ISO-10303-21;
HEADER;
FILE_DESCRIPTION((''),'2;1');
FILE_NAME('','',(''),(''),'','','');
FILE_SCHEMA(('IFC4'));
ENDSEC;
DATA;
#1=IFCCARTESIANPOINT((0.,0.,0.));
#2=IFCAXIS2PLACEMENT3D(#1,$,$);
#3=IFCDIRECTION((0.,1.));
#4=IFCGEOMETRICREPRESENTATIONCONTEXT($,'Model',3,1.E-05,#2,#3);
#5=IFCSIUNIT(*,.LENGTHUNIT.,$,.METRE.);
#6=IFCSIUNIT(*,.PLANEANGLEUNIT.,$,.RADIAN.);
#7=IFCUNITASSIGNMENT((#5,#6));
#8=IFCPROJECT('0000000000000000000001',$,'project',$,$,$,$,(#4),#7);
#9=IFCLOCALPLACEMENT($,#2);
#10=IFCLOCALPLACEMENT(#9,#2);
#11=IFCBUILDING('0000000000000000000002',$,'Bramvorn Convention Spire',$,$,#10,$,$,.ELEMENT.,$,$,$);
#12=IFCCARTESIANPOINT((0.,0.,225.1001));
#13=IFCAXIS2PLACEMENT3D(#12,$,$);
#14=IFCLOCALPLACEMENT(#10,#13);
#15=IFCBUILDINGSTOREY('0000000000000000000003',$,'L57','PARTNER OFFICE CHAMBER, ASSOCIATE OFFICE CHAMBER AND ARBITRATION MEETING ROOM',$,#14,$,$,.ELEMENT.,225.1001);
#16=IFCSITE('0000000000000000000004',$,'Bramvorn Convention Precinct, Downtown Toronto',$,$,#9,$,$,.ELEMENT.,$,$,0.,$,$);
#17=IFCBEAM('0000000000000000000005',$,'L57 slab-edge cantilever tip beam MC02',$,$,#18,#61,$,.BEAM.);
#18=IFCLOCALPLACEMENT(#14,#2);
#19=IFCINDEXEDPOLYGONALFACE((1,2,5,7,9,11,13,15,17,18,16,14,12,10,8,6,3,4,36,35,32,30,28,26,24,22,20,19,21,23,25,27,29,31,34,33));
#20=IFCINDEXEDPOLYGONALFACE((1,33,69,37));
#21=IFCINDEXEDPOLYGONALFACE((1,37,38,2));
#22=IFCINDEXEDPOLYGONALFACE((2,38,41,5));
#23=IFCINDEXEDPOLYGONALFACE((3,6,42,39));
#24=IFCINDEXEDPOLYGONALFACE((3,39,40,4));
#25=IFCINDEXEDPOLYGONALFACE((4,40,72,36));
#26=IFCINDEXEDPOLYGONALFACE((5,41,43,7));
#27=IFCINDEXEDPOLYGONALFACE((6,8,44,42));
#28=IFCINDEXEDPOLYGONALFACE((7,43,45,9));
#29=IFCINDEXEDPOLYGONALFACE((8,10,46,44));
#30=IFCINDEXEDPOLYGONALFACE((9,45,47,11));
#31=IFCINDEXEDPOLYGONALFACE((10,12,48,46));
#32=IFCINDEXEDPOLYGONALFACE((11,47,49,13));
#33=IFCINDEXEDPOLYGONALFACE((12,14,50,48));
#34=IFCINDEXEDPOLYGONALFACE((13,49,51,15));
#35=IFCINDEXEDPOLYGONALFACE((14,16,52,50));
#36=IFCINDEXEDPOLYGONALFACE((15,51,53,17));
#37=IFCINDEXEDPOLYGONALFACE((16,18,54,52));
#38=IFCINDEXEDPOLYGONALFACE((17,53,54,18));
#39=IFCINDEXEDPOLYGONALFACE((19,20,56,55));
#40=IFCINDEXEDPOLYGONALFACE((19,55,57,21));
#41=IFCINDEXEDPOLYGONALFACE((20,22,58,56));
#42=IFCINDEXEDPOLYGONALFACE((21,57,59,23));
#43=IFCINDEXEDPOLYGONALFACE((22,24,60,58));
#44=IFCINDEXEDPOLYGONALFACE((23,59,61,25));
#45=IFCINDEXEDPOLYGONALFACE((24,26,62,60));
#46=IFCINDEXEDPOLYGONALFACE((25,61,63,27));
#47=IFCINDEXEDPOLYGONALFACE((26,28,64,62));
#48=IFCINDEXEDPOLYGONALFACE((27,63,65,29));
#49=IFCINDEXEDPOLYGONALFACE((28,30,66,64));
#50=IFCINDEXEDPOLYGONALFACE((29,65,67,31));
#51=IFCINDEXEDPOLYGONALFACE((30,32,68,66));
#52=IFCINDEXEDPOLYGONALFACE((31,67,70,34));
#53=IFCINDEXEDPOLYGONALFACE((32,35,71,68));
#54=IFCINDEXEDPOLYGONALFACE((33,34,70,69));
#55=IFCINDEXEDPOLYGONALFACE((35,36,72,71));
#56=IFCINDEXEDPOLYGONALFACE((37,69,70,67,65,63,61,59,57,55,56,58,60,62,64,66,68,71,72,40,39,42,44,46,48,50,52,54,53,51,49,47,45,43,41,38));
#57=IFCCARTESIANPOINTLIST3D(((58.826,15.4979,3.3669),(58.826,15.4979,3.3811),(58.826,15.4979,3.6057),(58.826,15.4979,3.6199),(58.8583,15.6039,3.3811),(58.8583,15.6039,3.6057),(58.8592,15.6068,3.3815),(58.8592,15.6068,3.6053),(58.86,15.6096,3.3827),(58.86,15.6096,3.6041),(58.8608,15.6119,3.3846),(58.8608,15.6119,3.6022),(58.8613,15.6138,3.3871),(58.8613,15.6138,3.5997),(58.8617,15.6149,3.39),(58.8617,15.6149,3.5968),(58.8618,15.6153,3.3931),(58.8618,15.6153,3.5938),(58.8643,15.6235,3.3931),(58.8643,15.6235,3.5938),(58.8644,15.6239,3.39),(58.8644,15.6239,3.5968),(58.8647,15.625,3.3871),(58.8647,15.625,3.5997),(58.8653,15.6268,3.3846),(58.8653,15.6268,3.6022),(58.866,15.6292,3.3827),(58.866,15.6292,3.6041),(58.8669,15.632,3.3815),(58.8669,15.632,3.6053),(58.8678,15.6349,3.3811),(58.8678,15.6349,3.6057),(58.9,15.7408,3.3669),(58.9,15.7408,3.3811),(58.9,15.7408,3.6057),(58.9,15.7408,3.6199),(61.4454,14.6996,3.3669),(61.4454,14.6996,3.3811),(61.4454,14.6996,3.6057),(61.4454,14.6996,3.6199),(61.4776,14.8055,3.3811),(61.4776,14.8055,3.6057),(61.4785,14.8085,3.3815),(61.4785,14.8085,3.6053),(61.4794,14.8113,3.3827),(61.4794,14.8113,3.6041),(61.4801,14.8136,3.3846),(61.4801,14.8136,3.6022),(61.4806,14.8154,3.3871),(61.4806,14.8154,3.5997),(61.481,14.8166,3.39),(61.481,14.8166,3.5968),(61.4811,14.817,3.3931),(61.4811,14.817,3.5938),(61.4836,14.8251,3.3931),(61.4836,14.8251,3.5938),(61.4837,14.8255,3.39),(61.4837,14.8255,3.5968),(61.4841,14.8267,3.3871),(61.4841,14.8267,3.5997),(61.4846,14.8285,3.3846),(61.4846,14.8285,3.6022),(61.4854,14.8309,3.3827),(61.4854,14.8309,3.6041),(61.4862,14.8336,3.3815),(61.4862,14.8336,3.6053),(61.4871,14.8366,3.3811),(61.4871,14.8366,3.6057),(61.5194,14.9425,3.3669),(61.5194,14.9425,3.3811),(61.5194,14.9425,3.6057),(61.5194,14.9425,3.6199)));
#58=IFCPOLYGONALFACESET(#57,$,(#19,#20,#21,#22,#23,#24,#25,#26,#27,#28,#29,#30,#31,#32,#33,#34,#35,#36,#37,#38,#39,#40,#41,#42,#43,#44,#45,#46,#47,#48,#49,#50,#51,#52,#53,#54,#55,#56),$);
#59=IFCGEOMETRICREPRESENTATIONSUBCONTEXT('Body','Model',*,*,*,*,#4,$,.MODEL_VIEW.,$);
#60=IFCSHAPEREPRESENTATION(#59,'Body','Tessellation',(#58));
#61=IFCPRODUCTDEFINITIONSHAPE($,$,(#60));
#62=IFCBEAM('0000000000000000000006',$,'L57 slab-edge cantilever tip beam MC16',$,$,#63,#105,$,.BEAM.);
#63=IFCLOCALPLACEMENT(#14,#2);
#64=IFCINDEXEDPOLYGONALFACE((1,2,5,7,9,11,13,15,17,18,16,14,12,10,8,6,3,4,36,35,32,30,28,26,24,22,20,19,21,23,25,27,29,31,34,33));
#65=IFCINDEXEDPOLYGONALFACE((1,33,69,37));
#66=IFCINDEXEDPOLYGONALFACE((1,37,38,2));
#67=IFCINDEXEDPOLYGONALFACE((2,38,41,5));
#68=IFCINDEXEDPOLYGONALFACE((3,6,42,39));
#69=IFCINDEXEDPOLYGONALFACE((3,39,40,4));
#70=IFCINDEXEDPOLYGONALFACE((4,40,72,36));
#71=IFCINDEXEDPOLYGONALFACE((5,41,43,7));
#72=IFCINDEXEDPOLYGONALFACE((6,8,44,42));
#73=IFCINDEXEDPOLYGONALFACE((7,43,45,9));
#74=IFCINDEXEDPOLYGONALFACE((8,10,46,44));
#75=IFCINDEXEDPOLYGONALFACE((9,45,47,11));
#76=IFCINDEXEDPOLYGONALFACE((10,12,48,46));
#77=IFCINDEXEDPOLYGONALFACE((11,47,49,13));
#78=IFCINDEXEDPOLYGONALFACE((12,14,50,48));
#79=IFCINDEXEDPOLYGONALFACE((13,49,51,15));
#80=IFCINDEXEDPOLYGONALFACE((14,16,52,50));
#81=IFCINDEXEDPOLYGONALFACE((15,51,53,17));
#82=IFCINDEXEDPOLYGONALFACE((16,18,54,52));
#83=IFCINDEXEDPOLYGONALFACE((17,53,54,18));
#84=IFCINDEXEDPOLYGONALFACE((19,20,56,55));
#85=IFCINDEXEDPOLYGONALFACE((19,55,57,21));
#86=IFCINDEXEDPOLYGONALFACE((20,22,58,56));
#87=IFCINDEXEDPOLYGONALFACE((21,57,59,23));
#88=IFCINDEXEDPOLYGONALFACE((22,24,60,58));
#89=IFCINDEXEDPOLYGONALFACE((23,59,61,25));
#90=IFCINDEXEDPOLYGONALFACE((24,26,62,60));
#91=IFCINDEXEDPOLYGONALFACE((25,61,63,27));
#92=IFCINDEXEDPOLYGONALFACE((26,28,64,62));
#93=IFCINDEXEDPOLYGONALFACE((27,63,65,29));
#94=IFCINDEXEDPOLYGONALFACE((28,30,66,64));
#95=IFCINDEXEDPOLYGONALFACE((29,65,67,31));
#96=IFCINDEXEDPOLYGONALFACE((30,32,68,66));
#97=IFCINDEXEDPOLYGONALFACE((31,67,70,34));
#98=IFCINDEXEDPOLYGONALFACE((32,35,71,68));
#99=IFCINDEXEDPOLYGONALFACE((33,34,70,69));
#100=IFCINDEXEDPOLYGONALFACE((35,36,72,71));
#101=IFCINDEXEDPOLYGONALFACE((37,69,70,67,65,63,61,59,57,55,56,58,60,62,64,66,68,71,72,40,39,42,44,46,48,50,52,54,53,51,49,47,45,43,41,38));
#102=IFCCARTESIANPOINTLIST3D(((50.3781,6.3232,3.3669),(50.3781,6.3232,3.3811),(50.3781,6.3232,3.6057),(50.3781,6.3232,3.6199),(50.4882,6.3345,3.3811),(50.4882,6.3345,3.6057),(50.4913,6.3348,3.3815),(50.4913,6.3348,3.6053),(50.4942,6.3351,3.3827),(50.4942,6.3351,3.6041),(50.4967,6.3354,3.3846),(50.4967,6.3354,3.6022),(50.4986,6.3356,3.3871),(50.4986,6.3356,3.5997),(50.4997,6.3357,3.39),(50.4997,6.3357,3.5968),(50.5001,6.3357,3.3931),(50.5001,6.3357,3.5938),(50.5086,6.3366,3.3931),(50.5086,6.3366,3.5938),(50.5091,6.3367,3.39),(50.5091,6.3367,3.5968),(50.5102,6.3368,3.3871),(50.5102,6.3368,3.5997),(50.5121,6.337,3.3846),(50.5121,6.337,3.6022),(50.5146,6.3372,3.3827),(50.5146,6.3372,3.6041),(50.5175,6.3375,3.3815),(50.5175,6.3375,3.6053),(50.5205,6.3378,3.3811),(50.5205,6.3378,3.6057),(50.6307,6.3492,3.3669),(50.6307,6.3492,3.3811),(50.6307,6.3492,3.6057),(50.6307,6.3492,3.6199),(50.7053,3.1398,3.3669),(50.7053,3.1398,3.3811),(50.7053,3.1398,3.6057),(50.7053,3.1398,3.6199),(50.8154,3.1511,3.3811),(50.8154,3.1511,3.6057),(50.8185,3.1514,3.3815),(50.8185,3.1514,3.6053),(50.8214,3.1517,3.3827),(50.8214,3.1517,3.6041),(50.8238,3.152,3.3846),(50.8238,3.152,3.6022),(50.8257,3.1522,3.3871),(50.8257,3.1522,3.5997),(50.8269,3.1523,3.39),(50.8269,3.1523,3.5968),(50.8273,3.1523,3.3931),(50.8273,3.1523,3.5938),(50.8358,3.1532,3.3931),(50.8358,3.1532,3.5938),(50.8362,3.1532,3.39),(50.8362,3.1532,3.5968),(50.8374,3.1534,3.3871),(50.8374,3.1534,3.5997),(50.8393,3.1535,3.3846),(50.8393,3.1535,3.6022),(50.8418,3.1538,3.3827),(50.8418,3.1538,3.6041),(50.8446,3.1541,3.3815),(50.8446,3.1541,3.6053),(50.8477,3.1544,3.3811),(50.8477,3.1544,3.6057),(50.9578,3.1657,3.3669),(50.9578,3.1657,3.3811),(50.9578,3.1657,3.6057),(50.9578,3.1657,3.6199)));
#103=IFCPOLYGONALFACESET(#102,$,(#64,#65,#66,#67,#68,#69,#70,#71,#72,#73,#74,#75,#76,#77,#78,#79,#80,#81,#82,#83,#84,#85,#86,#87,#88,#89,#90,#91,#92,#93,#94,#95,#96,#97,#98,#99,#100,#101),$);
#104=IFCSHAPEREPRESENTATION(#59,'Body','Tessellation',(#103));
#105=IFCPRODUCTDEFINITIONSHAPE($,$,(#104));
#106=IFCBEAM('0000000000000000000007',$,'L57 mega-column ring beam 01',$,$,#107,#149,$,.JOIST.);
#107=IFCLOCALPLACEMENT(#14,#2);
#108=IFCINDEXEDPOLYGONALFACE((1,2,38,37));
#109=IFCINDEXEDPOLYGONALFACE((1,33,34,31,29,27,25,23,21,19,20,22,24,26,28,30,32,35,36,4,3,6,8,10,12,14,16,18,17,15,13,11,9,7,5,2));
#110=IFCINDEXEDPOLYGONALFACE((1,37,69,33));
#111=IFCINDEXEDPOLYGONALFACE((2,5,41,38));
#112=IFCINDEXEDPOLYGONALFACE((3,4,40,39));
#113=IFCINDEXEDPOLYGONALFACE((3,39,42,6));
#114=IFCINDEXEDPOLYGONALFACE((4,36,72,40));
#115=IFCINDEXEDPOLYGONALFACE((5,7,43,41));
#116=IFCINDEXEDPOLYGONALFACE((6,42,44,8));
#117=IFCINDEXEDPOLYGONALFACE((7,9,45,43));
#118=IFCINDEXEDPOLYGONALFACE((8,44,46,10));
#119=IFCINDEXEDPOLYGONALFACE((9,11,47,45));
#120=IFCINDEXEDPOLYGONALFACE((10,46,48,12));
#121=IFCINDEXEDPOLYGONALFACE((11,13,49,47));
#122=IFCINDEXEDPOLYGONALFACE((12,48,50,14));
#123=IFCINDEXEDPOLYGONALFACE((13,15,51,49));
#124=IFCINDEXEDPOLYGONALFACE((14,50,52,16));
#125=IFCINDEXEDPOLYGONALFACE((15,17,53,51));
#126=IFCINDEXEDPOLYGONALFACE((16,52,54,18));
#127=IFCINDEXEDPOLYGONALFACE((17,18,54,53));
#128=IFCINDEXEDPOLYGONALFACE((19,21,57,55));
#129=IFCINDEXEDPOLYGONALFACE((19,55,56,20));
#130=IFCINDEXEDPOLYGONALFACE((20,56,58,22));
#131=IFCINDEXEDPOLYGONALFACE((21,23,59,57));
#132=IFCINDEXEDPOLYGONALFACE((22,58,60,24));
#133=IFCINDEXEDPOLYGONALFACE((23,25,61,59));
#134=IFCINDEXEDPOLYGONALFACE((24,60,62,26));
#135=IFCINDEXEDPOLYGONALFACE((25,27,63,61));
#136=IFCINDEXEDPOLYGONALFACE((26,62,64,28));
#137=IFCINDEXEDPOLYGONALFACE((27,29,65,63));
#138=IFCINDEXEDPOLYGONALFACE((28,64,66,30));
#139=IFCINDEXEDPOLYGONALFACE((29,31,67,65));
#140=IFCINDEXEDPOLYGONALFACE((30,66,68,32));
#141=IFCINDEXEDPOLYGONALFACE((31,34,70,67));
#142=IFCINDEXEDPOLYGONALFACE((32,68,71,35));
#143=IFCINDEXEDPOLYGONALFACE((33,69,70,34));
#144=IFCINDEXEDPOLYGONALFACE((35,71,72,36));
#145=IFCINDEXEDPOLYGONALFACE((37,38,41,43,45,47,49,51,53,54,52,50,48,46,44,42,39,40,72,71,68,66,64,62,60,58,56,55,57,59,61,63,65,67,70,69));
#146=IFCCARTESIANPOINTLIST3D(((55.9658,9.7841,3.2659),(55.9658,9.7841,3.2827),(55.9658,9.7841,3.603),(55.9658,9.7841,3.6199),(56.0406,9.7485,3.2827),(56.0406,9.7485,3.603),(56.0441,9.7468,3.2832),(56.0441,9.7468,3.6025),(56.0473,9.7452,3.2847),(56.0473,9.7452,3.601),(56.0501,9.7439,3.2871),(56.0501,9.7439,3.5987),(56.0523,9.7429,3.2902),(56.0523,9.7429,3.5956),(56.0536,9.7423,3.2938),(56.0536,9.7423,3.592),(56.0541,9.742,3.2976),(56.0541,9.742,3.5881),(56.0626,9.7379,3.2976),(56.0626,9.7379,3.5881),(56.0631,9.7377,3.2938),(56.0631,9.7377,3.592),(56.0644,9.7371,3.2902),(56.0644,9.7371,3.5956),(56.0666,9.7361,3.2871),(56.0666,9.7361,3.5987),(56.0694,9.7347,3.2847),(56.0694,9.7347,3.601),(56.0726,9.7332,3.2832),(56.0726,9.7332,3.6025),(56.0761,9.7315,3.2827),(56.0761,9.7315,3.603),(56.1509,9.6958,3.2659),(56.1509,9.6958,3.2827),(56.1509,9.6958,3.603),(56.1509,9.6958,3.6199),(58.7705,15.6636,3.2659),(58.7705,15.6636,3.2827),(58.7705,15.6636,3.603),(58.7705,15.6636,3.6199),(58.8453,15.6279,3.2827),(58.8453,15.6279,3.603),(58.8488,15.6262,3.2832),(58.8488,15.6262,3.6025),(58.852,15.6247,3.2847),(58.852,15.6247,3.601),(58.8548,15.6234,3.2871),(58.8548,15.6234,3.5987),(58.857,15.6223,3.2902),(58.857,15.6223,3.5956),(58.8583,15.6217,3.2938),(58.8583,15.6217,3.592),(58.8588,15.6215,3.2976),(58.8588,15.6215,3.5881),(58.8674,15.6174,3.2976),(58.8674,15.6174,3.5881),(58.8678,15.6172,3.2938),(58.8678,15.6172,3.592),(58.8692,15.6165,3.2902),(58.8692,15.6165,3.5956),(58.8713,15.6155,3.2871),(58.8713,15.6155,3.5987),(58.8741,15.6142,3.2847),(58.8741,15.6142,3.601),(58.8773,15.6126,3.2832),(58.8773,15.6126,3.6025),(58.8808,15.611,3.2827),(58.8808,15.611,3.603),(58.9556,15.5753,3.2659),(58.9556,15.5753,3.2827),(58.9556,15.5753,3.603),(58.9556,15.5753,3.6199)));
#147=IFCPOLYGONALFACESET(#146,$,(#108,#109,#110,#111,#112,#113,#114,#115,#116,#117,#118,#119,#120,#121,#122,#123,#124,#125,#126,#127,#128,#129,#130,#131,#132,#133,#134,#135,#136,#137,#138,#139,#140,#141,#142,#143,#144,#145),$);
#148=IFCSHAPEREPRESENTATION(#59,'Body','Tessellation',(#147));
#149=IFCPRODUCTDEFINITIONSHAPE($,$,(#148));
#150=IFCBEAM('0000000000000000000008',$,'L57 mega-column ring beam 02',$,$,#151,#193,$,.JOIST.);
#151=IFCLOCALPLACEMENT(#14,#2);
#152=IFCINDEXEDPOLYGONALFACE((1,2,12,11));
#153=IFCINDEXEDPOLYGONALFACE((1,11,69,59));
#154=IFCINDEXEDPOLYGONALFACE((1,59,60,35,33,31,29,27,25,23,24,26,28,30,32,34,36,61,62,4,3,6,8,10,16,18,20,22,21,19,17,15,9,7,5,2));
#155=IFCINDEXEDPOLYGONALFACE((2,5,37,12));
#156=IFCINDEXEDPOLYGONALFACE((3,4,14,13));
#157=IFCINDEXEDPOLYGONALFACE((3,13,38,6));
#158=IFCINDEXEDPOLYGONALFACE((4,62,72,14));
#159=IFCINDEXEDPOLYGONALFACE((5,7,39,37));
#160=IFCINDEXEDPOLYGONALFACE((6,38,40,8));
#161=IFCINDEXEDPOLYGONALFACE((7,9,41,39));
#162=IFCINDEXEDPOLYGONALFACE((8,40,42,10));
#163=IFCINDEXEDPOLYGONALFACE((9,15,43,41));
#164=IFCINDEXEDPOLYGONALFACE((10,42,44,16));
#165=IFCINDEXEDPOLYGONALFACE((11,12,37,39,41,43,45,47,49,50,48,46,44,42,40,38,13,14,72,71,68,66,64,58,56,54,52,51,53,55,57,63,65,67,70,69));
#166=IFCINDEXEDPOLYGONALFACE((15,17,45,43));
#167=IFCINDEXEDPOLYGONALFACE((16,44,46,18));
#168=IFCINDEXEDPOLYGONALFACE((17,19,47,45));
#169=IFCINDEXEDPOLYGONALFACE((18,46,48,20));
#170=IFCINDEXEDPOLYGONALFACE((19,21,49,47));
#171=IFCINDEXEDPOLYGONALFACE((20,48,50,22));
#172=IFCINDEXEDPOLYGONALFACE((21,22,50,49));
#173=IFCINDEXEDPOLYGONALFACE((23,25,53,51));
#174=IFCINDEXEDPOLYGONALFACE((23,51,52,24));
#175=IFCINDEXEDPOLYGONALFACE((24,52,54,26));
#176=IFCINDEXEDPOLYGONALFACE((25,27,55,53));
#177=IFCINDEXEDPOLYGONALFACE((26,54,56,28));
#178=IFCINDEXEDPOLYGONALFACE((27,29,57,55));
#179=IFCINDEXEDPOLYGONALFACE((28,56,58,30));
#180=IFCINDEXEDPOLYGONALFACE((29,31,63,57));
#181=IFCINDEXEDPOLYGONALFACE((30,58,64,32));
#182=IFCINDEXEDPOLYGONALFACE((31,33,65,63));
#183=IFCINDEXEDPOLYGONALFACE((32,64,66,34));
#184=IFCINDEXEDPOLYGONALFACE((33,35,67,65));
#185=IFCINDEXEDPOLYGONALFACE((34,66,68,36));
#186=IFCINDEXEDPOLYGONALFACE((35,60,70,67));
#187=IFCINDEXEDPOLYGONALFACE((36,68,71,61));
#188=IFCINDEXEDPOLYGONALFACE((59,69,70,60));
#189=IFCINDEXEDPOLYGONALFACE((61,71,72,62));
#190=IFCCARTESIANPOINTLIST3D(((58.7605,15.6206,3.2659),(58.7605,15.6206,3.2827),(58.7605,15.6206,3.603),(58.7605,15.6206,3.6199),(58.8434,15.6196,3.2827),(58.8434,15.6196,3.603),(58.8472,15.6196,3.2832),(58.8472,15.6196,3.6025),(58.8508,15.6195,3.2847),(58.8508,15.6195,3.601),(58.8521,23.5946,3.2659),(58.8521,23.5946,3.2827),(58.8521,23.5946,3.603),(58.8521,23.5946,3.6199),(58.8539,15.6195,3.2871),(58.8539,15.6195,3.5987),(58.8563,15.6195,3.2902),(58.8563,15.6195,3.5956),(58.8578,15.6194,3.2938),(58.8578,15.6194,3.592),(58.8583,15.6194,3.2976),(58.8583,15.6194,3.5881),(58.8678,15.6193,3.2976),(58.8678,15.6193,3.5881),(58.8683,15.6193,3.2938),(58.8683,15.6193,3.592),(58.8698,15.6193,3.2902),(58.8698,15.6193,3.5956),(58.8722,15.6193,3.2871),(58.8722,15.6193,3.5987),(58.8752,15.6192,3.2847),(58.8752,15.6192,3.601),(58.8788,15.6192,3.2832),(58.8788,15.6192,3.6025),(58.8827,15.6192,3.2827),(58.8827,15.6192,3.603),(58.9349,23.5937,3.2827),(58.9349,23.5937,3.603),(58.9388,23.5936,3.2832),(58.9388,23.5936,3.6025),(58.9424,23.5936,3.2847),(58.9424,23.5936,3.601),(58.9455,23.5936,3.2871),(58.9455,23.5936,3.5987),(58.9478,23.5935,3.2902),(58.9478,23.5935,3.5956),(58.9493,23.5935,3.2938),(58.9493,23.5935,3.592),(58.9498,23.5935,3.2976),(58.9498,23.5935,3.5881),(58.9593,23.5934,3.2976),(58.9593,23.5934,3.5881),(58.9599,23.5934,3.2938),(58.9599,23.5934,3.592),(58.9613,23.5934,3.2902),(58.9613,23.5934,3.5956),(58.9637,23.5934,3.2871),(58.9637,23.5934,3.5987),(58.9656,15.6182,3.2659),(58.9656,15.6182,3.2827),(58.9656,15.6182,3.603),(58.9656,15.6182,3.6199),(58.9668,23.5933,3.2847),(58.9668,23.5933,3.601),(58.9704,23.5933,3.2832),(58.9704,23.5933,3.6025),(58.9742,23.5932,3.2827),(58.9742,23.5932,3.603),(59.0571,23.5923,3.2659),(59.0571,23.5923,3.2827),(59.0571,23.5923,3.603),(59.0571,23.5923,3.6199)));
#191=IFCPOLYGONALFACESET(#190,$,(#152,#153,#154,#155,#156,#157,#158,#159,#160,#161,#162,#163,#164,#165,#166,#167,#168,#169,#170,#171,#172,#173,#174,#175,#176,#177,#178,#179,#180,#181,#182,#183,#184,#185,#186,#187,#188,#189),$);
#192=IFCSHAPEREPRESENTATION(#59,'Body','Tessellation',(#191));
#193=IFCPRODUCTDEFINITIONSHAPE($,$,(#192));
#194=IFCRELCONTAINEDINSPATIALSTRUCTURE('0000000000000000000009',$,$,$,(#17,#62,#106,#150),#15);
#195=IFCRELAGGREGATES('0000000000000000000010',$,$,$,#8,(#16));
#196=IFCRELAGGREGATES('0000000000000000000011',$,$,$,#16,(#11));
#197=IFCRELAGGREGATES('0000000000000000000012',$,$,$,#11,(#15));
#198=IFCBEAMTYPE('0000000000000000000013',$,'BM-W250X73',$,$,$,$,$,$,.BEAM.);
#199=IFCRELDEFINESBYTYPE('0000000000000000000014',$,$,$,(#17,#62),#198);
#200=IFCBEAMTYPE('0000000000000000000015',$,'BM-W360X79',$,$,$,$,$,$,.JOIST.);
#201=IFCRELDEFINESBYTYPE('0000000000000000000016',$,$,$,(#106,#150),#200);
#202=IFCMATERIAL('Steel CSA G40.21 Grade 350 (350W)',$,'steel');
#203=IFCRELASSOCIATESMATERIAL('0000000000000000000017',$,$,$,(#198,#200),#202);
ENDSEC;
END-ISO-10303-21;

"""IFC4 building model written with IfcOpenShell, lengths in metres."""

from ifc_helpers import new_model, si_unit, direction, frame, origin, origin_2d, place, context, subcontext, project, spatial, i_section, extrude, material, material_profile, profile_set, type_object, element, save


model = new_model("IFC4")

# Units and contexts
model_context = context("Model", 3, precision=1e-05, world=origin(), true_north=direction((0.0, 1.0)))
body_context = subcontext(model_context, "Body", "Model", "MODEL_VIEW")
ifc_project = project(units=[si_unit("LENGTHUNIT", "METRE"), si_unit("PLANEANGLEUNIT", "RADIAN")], contexts=[model_context])

# Site, building, storey
site_placement = place(None, origin())
site = spatial("IfcSite", under=ifc_project, at=site_placement, Name="Bramvorn Convention Precinct, Downtown Toronto", CompositionType="ELEMENT", RefElevation=0.0)
building_placement = place(site_placement, origin())
building = spatial("IfcBuilding", under=site, at=building_placement, Name="Bramvorn Convention Spire", CompositionType="ELEMENT")
storey_placement = place(building_placement, frame((0.0, 0.0, 225.1001)))
storey = spatial("IfcBuildingStorey", under=building, at=storey_placement, Name="L57", Description="PARTNER OFFICE CHAMBER, ASSOCIATE OFFICE CHAMBER AND ARBITRATION MEETING ROOM", CompositionType="ELEMENT", Elevation=225.1001)

# Shared definitions
ifc_material_1 = material(Name="Steel CSA G40.21 Grade 350 (350W)", Category="steel")

# Beams
ifc_material_profile_1 = material_profile(ifc_material_1, i_section(OverallWidth=0.2539, OverallDepth=0.2529, WebThickness=0.0085, FlangeThickness=0.0142, FilletRadius=0.012, at=origin_2d()))
ifc_profile_set_1 = profile_set([ifc_material_profile_1], Name="Steel CSA G40.21 Grade 350 (350W) - W250X73")
beam_type_1 = type_object("IfcBeamType", Name="BM-W250X73", PredefinedType="BEAM", material=ifc_profile_set_1)
beam_1_placement = place(storey_placement, frame((58.863, 15.6194, 3.4934), z_axis=(0.956558, -0.291541, 0.0), x_axis=(0.291541, 0.956558, 0.0)))
element("IfcBeam", 1, at=beam_1_placement, inside=storey, type_object=beam_type_1, Name="L57 slab-edge cantilever tip beam MC02", PredefinedType="BEAM", context=body_context, shape_type="SweptSolid", body=[
    extrude(i_section(OverallWidth=0.2539, OverallDepth=0.2529, WebThickness=0.0085, FlangeThickness=0.0142, FilletRadius=0.012, at=origin_2d()), origin(), (0.0, 0.0, 1.0), 2.7383),
])
beam_2_placement = place(storey_placement, frame((50.5044, 6.3362, 3.4934), z_axis=(0.10223, -0.994761, 0.0), x_axis=(0.994761, 0.10223, 0.0)))
element("IfcBeam", 2, at=beam_2_placement, inside=storey, type_object=beam_type_1, Name="L57 slab-edge cantilever tip beam MC16", PredefinedType="BEAM", context=body_context, shape_type="SweptSolid", body=[
    extrude(i_section(OverallWidth=0.2539, OverallDepth=0.2529, WebThickness=0.0085, FlangeThickness=0.0142, FilletRadius=0.012, at=origin_2d()), origin(), (0.0, 0.0, 1.0), 3.2002),
])
ifc_material_profile_2 = material_profile(ifc_material_1, i_section(OverallWidth=0.2051, OverallDepth=0.354, WebThickness=0.0095, FlangeThickness=0.0168, FilletRadius=0.0149, at=origin_2d()))
ifc_profile_set_2 = profile_set([ifc_material_profile_2], Name="Steel CSA G40.21 Grade 350 (350W) - W360X79")
beam_type_2 = type_object("IfcBeamType", Name="BM-W360X79", PredefinedType="JOIST", material=ifc_profile_set_2)
beam_3_placement = place(storey_placement, frame((56.0583, 9.74, 3.4429), z_axis=(0.430556, 0.902564, 0.0), x_axis=(-0.902564, 0.430556, 0.0)))
element("IfcBeam", 3, at=beam_3_placement, inside=storey, type_object=beam_type_2, Name="L57 mega-column ring beam 01", PredefinedType="JOIST", context=body_context, shape_type="SweptSolid", body=[
    extrude(i_section(OverallWidth=0.2051, OverallDepth=0.354, WebThickness=0.0095, FlangeThickness=0.0168, FilletRadius=0.0149, at=origin_2d()), origin(), (0.0, 0.0, 1.0), 6.5142),
])
beam_4_placement = place(storey_placement, frame((58.863, 15.6194, 3.4429), z_axis=(0.01148, 0.999934, 0.0), x_axis=(-0.999934, 0.01148, 0.0)))
element("IfcBeam", 4, at=beam_4_placement, inside=storey, type_object=beam_type_2, Name="L57 mega-column ring beam 02", PredefinedType="JOIST", context=body_context, shape_type="SweptSolid", body=[
    extrude(i_section(OverallWidth=0.2051, OverallDepth=0.354, WebThickness=0.0095, FlangeThickness=0.0168, FilletRadius=0.0149, at=origin_2d()), origin(), (0.0, 0.0, 1.0), 7.9746),
])

save(model, "model.ifc")
